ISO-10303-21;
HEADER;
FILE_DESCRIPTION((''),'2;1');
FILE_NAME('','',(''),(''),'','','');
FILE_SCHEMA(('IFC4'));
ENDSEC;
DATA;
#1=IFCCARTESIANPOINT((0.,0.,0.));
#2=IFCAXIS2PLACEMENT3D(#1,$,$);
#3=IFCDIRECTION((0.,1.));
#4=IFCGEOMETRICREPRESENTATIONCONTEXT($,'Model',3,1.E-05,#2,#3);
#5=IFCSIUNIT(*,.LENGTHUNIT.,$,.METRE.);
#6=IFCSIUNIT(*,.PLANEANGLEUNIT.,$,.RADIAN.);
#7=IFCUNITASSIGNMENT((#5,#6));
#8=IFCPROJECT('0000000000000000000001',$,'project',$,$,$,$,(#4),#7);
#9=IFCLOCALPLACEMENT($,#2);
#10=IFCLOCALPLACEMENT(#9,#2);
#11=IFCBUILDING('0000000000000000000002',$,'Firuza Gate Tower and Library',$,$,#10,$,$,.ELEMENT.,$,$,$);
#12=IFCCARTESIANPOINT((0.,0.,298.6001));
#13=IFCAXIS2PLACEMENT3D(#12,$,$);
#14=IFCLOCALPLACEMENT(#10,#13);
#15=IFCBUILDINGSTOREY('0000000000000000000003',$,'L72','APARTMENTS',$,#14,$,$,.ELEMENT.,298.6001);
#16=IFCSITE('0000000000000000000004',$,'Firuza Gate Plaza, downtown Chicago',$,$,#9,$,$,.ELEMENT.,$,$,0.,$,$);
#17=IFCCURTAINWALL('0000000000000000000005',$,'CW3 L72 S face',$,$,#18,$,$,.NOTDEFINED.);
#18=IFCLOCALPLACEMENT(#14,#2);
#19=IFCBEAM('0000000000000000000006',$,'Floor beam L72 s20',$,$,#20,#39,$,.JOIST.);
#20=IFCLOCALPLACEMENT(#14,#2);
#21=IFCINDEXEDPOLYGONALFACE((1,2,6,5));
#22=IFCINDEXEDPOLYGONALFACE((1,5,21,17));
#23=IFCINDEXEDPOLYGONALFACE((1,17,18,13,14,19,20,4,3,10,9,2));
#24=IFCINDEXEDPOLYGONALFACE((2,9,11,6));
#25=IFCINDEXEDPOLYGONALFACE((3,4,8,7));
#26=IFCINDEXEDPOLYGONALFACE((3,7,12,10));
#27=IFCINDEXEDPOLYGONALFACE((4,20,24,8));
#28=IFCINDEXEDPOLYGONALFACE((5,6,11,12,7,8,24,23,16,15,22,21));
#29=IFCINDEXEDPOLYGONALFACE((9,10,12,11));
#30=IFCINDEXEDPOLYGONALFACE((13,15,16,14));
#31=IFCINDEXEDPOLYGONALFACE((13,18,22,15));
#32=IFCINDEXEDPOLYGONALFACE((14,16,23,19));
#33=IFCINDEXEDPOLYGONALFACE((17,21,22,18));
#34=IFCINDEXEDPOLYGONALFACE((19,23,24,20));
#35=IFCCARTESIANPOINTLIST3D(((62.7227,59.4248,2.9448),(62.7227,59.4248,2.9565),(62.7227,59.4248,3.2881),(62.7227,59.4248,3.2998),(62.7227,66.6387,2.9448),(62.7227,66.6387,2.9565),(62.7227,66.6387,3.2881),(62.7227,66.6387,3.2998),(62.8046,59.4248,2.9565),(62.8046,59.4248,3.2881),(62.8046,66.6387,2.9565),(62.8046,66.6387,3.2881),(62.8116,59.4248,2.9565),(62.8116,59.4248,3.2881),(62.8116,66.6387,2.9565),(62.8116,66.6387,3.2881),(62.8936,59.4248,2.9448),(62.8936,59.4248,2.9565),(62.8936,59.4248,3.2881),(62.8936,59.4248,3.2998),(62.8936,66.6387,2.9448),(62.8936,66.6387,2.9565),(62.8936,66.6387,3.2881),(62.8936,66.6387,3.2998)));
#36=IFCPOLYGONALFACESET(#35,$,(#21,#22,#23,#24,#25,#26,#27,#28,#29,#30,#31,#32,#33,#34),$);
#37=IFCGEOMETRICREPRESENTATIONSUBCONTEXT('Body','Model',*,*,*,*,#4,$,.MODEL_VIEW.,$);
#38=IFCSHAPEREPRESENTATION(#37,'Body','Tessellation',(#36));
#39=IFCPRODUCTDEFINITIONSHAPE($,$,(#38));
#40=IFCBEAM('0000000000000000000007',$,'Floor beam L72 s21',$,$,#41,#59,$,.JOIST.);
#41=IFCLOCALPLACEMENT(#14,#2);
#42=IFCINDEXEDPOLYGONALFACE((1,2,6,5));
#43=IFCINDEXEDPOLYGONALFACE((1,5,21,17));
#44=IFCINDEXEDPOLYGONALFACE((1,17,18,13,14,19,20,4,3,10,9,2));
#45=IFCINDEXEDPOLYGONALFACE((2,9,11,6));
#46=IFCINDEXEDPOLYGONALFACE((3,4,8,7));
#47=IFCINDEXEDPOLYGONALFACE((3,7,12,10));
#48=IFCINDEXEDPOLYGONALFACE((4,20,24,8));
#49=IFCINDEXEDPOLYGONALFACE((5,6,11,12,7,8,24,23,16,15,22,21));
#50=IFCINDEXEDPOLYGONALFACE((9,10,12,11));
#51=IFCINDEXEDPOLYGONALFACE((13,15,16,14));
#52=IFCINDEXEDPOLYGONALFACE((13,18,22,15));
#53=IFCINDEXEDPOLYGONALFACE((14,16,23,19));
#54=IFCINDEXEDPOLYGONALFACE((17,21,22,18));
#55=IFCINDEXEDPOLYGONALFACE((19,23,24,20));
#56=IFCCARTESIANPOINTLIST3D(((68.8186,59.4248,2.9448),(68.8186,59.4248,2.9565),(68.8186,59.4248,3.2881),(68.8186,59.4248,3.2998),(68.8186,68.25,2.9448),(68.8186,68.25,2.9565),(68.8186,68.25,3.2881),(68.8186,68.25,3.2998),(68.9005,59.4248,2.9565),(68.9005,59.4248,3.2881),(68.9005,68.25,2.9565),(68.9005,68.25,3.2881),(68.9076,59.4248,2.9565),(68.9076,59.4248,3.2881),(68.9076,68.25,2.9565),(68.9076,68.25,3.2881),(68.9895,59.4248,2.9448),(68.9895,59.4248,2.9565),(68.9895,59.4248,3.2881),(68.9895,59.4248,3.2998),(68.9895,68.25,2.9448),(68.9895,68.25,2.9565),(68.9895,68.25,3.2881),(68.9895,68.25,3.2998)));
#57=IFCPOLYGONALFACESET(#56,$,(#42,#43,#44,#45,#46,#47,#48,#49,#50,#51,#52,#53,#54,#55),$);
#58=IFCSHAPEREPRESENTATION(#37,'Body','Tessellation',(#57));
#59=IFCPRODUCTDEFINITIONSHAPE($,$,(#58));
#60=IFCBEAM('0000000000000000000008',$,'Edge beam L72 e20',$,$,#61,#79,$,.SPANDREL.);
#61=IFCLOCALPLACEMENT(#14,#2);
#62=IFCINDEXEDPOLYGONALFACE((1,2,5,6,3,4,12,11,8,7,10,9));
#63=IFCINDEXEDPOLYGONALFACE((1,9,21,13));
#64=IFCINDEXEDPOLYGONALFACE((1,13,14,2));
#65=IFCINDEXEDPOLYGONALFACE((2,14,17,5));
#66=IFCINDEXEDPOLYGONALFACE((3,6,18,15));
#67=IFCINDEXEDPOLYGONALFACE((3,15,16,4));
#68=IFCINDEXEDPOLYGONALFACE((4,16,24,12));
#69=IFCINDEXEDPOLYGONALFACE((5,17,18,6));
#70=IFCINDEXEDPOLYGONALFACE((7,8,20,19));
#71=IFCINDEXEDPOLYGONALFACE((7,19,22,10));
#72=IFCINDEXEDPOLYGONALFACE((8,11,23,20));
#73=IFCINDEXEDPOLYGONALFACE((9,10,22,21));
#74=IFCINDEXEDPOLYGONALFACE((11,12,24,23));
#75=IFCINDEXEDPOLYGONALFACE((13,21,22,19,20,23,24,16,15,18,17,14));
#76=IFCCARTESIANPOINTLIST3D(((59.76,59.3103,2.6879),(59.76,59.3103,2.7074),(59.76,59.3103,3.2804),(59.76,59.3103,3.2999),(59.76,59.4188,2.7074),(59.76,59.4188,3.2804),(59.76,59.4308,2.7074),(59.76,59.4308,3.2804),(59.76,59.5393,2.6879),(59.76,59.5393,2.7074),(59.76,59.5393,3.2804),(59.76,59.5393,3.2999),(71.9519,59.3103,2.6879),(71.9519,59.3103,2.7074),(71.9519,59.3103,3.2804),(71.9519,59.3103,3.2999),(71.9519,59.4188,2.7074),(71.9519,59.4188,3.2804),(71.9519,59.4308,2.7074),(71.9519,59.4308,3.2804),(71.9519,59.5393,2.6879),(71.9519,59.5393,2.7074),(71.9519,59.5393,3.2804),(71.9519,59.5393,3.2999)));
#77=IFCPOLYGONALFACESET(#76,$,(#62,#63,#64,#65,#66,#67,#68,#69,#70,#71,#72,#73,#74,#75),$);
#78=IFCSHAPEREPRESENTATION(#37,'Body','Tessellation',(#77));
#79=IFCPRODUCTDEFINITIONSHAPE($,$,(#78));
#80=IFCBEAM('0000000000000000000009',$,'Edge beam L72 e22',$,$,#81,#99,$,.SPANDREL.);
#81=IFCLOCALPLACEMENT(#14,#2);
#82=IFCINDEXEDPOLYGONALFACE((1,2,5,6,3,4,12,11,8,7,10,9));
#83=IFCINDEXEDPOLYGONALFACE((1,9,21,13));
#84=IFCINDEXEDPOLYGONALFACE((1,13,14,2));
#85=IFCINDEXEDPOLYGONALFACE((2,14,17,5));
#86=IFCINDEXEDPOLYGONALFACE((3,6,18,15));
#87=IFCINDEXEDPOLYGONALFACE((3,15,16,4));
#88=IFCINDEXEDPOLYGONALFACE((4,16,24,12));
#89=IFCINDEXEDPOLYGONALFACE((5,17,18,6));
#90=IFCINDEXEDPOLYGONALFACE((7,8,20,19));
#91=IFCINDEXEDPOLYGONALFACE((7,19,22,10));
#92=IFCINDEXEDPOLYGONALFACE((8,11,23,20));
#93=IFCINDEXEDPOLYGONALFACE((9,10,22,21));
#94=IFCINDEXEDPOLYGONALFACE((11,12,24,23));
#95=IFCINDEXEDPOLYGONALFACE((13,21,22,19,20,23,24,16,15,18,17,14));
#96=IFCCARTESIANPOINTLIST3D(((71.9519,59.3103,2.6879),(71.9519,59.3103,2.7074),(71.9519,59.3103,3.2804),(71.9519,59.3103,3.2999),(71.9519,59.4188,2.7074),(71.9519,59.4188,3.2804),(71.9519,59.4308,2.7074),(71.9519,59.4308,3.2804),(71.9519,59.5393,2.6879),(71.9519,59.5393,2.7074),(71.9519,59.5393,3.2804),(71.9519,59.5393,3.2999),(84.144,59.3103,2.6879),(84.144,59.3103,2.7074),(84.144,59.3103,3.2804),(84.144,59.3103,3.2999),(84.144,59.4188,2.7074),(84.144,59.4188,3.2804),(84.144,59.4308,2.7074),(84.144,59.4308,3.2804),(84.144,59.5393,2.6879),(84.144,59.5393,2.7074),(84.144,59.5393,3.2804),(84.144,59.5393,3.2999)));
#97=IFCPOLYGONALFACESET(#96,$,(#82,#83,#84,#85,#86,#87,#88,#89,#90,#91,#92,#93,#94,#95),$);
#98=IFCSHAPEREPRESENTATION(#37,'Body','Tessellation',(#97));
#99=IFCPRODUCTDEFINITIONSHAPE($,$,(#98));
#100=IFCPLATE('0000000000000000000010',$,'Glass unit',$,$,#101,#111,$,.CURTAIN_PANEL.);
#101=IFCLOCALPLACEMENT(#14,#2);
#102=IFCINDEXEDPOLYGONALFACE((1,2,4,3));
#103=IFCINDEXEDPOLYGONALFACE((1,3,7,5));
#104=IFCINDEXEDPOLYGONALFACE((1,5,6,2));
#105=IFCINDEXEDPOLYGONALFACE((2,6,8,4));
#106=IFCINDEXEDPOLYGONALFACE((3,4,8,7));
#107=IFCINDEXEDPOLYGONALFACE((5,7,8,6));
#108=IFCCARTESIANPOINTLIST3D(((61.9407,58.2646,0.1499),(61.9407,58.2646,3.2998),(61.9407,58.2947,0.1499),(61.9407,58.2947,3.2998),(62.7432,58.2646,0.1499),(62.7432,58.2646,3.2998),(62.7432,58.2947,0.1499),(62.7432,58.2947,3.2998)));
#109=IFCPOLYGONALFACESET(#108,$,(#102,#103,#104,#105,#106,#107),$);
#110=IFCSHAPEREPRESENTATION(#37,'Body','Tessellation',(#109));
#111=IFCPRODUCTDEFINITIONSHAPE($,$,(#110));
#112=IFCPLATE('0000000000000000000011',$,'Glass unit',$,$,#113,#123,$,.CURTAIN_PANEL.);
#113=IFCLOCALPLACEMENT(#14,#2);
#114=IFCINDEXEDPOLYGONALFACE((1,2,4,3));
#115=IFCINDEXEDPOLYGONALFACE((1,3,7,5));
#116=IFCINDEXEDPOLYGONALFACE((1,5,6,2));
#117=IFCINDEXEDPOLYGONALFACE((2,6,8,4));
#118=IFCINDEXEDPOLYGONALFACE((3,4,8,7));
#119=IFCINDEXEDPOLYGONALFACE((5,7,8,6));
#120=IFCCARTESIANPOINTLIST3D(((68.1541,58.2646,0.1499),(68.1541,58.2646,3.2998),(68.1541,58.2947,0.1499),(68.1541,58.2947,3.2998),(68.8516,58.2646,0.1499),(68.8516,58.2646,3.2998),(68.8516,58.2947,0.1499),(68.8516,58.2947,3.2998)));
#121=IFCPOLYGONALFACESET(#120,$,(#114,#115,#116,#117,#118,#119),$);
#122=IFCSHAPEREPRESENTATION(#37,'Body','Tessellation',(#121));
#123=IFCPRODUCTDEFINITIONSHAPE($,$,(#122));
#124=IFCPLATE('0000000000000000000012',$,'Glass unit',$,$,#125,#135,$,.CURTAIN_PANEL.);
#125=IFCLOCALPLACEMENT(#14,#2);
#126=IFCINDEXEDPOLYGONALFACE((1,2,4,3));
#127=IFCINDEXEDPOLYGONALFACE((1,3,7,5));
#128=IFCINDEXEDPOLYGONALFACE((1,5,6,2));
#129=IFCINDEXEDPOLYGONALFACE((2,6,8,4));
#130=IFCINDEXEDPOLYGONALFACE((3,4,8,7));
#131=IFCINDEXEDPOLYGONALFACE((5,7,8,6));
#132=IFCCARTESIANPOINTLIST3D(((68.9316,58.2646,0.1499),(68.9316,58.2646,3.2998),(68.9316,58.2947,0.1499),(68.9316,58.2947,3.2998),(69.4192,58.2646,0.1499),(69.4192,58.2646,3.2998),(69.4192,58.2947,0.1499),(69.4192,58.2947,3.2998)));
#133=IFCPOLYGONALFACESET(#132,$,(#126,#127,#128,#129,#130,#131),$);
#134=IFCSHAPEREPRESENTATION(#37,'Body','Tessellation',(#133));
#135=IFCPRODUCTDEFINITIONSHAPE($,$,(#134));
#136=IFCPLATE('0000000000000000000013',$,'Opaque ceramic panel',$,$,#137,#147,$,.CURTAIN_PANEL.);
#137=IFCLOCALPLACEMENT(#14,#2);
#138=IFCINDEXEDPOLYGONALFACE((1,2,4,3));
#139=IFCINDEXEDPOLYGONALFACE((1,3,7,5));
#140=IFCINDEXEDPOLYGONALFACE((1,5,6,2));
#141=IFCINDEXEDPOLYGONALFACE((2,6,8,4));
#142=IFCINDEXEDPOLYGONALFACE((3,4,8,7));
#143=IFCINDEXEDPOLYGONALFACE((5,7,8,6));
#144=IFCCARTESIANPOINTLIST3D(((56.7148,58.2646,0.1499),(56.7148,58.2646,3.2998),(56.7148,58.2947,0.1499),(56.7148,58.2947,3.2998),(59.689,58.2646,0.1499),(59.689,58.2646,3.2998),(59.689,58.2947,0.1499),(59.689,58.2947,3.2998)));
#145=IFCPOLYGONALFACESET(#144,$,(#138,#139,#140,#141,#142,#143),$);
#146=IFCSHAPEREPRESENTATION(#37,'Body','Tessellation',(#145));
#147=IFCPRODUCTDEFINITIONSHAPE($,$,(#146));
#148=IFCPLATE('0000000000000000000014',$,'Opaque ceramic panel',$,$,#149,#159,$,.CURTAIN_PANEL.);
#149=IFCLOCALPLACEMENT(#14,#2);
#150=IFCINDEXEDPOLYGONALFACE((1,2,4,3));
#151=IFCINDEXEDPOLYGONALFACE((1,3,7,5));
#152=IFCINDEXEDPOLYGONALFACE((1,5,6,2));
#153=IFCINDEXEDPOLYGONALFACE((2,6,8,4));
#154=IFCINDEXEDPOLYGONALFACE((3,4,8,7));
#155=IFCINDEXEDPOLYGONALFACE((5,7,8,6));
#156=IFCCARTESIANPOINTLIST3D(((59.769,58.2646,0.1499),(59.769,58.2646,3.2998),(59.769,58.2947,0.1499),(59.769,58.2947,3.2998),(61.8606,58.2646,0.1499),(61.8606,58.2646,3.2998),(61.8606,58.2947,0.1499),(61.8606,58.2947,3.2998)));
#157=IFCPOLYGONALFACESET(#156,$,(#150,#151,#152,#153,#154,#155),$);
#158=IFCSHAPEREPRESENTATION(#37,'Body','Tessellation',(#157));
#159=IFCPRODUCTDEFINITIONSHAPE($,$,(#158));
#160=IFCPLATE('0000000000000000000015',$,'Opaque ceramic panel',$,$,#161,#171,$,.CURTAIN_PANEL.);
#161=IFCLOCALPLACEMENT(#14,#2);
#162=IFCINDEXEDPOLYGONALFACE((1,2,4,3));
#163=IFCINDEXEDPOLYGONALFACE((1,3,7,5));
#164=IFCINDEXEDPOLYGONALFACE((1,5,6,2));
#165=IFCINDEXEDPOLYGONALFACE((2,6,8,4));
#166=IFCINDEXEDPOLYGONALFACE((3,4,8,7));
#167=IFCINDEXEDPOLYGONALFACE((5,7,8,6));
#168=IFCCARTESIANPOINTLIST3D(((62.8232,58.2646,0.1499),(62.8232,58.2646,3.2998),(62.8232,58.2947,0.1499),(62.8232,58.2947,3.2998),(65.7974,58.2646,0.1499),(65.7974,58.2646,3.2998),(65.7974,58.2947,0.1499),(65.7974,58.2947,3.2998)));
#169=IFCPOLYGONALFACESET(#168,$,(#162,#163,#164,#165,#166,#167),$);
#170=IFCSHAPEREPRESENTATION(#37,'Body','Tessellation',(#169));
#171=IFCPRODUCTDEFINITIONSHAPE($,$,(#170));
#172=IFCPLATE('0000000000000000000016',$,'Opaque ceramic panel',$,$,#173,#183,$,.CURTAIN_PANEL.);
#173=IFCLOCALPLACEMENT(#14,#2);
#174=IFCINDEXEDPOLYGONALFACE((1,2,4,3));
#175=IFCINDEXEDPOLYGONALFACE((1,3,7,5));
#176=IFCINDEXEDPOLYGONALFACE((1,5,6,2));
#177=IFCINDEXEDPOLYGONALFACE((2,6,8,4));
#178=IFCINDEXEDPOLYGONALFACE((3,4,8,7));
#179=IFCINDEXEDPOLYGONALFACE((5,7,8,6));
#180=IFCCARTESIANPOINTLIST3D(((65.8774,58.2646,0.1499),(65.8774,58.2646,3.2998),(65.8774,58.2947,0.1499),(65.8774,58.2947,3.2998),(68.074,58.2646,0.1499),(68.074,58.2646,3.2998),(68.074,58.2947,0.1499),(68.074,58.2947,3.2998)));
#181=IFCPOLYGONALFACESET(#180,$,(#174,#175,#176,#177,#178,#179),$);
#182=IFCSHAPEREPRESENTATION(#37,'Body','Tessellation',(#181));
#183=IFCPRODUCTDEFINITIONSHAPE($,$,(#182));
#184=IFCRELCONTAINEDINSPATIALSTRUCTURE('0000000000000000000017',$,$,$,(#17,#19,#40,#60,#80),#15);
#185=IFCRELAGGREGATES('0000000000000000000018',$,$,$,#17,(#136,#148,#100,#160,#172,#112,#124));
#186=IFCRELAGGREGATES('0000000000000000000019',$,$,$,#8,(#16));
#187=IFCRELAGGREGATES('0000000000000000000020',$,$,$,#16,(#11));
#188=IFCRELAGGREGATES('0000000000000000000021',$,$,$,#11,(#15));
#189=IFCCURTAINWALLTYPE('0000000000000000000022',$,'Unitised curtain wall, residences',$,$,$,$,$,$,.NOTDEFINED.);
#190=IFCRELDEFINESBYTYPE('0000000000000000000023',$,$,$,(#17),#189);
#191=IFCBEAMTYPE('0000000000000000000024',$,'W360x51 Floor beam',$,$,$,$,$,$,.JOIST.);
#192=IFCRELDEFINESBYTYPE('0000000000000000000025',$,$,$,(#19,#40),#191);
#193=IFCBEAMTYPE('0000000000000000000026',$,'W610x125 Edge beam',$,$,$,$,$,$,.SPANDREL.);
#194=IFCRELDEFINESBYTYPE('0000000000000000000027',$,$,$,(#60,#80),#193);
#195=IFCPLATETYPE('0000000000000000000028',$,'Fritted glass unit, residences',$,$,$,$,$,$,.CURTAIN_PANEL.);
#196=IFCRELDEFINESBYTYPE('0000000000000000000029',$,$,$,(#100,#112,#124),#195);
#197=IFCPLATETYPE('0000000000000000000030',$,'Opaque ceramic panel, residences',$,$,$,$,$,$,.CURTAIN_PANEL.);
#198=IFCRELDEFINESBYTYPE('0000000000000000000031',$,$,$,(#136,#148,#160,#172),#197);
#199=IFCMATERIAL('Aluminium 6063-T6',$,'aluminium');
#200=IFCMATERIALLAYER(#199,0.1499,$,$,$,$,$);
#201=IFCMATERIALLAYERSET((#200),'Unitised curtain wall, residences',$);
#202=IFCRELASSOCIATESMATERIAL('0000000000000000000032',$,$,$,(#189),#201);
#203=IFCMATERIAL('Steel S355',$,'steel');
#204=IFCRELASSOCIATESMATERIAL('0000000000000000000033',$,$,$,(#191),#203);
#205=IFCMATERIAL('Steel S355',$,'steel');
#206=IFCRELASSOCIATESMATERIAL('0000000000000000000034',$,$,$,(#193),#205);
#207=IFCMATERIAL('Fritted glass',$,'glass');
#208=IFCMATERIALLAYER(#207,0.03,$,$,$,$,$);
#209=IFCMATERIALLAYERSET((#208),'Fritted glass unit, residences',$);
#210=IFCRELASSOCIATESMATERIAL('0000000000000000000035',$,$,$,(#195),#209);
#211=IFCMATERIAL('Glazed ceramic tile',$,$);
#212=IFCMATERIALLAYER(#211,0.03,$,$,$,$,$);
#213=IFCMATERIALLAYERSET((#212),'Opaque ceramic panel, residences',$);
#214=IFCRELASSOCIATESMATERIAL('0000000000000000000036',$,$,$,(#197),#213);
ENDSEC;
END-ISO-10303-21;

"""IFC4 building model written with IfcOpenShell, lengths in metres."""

from ifc_helpers import new_model, si_unit, direction, frame, origin, origin_2d, place, context, subcontext, project, spatial, polyline, i_section, outline, extrude, material, layer, layer_set, material_profile, profile_set, type_object, element, aggregate, save


model = new_model("IFC4")

# Units and contexts
model_context = context("Model", 3, precision=1e-05, world=origin(), true_north=direction((0.0, 1.0)))
body_context = subcontext(model_context, "Body", "Model", "MODEL_VIEW")
ifc_project = project(units=[si_unit("LENGTHUNIT", "METRE"), si_unit("PLANEANGLEUNIT", "RADIAN")], contexts=[model_context])

# Site, building, storey
site_placement = place(None, origin())
site = spatial("IfcSite", under=ifc_project, at=site_placement, Name="Firuza Gate Plaza, downtown Chicago", CompositionType="ELEMENT", RefElevation=0.0)
building_placement = place(site_placement, origin())
building = spatial("IfcBuilding", under=site, at=building_placement, Name="Firuza Gate Tower and Library", CompositionType="ELEMENT")
storey_placement = place(building_placement, frame((0.0, 0.0, 298.6001)))
storey = spatial("IfcBuildingStorey", under=building, at=storey_placement, Name="L72", Description="APARTMENTS", CompositionType="ELEMENT", Elevation=298.6001)

# Curtain wall
ifc_material_1 = material(Name="Aluminium 6063-T6", Category="aluminium")
ifc_layer_1 = layer(ifc_material_1, 0.1499)
ifc_layer_set_1 = layer_set([ifc_layer_1], Name="Unitised curtain wall, residences")
curtain_wall_type = type_object("IfcCurtainWallType", Name="Unitised curtain wall, residences", PredefinedType="NOTDEFINED", material=ifc_layer_set_1)
curtain_wall_placement = place(storey_placement, origin())
curtain_wall = element("IfcCurtainWall", 1, at=curtain_wall_placement, inside=storey, type_object=curtain_wall_type, Name="CW3 L72 S face", PredefinedType="NOTDEFINED")

# Beams
ifc_material_2 = material(Name="Steel S355", Category="steel")
ifc_material_profile_1 = material_profile(ifc_material_2, i_section(OverallWidth=0.1709, OverallDepth=0.355, WebThickness=0.0071, FlangeThickness=0.0117, at=origin_2d()))
ifc_profile_set_1 = profile_set([ifc_material_profile_1], Name="Steel S355")
beam_type_1 = type_object("IfcBeamType", Name="W360x51 Floor beam", PredefinedType="JOIST", material=ifc_profile_set_1)
beam_1_placement = place(storey_placement, frame((62.8081, 59.4248, 3.1223), z_axis=(0.0, 1.0, 0.0), x_axis=(-1.0, 0.0, 0.0)))
element("IfcBeam", 2, at=beam_1_placement, inside=storey, type_object=beam_type_1, Name="Floor beam L72 s20", PredefinedType="JOIST", context=body_context, shape_type="SweptSolid", body=[
    extrude(i_section(OverallWidth=0.1709, OverallDepth=0.355, WebThickness=0.0071, FlangeThickness=0.0117, at=origin_2d()), origin(), (0.0, 0.0, 1.0), 7.2139),
])
beam_2_placement = place(storey_placement, frame((68.9041, 59.4248, 3.1223), z_axis=(0.0, 1.0, 0.0), x_axis=(-1.0, 0.0, 0.0)))
element("IfcBeam", 3, at=beam_2_placement, inside=storey, type_object=beam_type_1, Name="Floor beam L72 s21", PredefinedType="JOIST", context=body_context, shape_type="SweptSolid", body=[
    extrude(i_section(OverallWidth=0.1709, OverallDepth=0.355, WebThickness=0.0071, FlangeThickness=0.0117, at=origin_2d()), origin(), (0.0, 0.0, 1.0), 8.8252),
])
ifc_material_3 = material(Name="Steel S355", Category="steel")
ifc_material_profile_2 = material_profile(ifc_material_3, i_section(OverallWidth=0.229, OverallDepth=0.6121, WebThickness=0.012, FlangeThickness=0.0195, at=origin_2d()))
ifc_profile_set_2 = profile_set([ifc_material_profile_2], Name="Steel S355")
beam_type_2 = type_object("IfcBeamType", Name="W610x125 Edge beam", PredefinedType="SPANDREL", material=ifc_profile_set_2)
beam_3_placement = place(storey_placement, frame((59.76, 59.4248, 2.9939), z_axis=(1.0, 0.0, 0.0), x_axis=(0.0, 1.0, 0.0)))
element("IfcBeam", 4, at=beam_3_placement, inside=storey, type_object=beam_type_2, Name="Edge beam L72 e20", PredefinedType="SPANDREL", context=body_context, shape_type="SweptSolid", body=[
    extrude(i_section(OverallWidth=0.229, OverallDepth=0.6121, WebThickness=0.012, FlangeThickness=0.0195, at=origin_2d()), origin(), (0.0, 0.0, 1.0), 12.1919),
])
beam_4_placement = place(storey_placement, frame((71.9519, 59.4248, 2.9939), z_axis=(1.0, 0.0, 0.0), x_axis=(0.0, 1.0, 0.0)))
element("IfcBeam", 5, at=beam_4_placement, inside=storey, type_object=beam_type_2, Name="Edge beam L72 e22", PredefinedType="SPANDREL", context=body_context, shape_type="SweptSolid", body=[
    extrude(i_section(OverallWidth=0.229, OverallDepth=0.6121, WebThickness=0.012, FlangeThickness=0.0195, at=origin_2d()), origin(), (0.0, 0.0, 1.0), 12.1921),
])

# Plates
ifc_material_4 = material(Name="Fritted glass", Category="glass")
ifc_layer_2 = layer(ifc_material_4, 0.03)
ifc_layer_set_2 = layer_set([ifc_layer_2], Name="Fritted glass unit, residences")
plate_type_1 = type_object("IfcPlateType", Name="Fritted glass unit, residences", PredefinedType="CURTAIN_PANEL", material=ifc_layer_set_2)
plate_1_placement = place(storey_placement, frame((61.9407, 58.2646, 0.1499), z_axis=(0.0, -1.0, 0.0), x_axis=(1.0, 0.0, 0.0)))
plate_1 = element("IfcPlate", 6, at=plate_1_placement, type_object=plate_type_1, Name="Glass unit", PredefinedType="CURTAIN_PANEL", context=body_context, shape_type="SweptSolid", body=[
    extrude(outline(polyline([(0.0, 0.0), (0.8025, 0.0), (0.8025, 3.1499), (0.0, 3.1499), (0.0, 0.0)])), origin(), (0.0, 0.0, -1.0), 0.03),
])
plate_2_placement = place(storey_placement, frame((68.1541, 58.2646, 0.1499), z_axis=(0.0, -1.0, 0.0), x_axis=(1.0, 0.0, 0.0)))
plate_2 = element("IfcPlate", 7, at=plate_2_placement, type_object=plate_type_1, Name="Glass unit", PredefinedType="CURTAIN_PANEL", context=body_context, shape_type="SweptSolid", body=[
    extrude(outline(polyline([(0.0, 0.0), (0.6975, 0.0), (0.6975, 3.1499), (0.0, 3.1499), (0.0, 0.0)])), origin(), (0.0, 0.0, -1.0), 0.03),
])
plate_3_placement = place(storey_placement, frame((68.9316, 58.2646, 0.1499), z_axis=(0.0, -1.0, 0.0), x_axis=(1.0, 0.0, 0.0)))
plate_3 = element("IfcPlate", 8, at=plate_3_placement, type_object=plate_type_1, Name="Glass unit", PredefinedType="CURTAIN_PANEL", context=body_context, shape_type="SweptSolid", body=[
    extrude(outline(polyline([(0.0, 0.0), (0.4875, 0.0), (0.4875, 3.1499), (0.0, 3.1499), (0.0, 0.0)])), origin(), (0.0, 0.0, -1.0), 0.03),
])
ifc_material_5 = material(Name="Glazed ceramic tile")
ifc_layer_3 = layer(ifc_material_5, 0.03)
ifc_layer_set_3 = layer_set([ifc_layer_3], Name="Opaque ceramic panel, residences")
plate_type_2 = type_object("IfcPlateType", Name="Opaque ceramic panel, residences", PredefinedType="CURTAIN_PANEL", material=ifc_layer_set_3)
plate_4_placement = place(storey_placement, frame((56.7148, 58.2646, 0.1499), z_axis=(0.0, -1.0, 0.0), x_axis=(1.0, 0.0, 0.0)))
plate_4 = element("IfcPlate", 9, at=plate_4_placement, type_object=plate_type_2, Name="Opaque ceramic panel", PredefinedType="CURTAIN_PANEL", context=body_context, shape_type="SweptSolid", body=[
    extrude(outline(polyline([(0.0, 0.0), (2.9741, 0.0), (2.9741, 3.1499), (0.0, 3.1499), (0.0, 0.0)])), origin(), (0.0, 0.0, -1.0), 0.03),
])
plate_5_placement = place(storey_placement, frame((59.769, 58.2646, 0.1499), z_axis=(0.0, -1.0, 0.0), x_axis=(1.0, 0.0, 0.0)))
plate_5 = element("IfcPlate", 10, at=plate_5_placement, type_object=plate_type_2, Name="Opaque ceramic panel", PredefinedType="CURTAIN_PANEL", context=body_context, shape_type="SweptSolid", body=[
    extrude(outline(polyline([(0.0, 0.0), (2.0916, 0.0), (2.0916, 3.1499), (0.0, 3.1499), (0.0, 0.0)])), origin(), (0.0, 0.0, -1.0), 0.03),
])
plate_6_placement = place(storey_placement, frame((62.8232, 58.2646, 0.1499), z_axis=(0.0, -1.0, 0.0), x_axis=(1.0, 0.0, 0.0)))
plate_6 = element("IfcPlate", 11, at=plate_6_placement, type_object=plate_type_2, Name="Opaque ceramic panel", PredefinedType="CURTAIN_PANEL", context=body_context, shape_type="SweptSolid", body=[
    extrude(outline(polyline([(0.0, 0.0), (2.9741, 0.0), (2.9741, 3.1499), (0.0, 3.1499), (0.0, 0.0)])), origin(), (0.0, 0.0, -1.0), 0.03),
])
plate_7_placement = place(storey_placement, frame((65.8774, 58.2646, 0.1499), z_axis=(0.0, -1.0, 0.0), x_axis=(1.0, 0.0, 0.0)))
plate_7 = element("IfcPlate", 12, at=plate_7_placement, type_object=plate_type_2, Name="Opaque ceramic panel", PredefinedType="CURTAIN_PANEL", context=body_context, shape_type="SweptSolid", body=[
    extrude(outline(polyline([(0.0, 0.0), (2.1965, 0.0), (2.1965, 3.1499), (0.0, 3.1499), (0.0, 0.0)])), origin(), (0.0, 0.0, -1.0), 0.03),
])
aggregate(curtain_wall, [plate_4, plate_5, plate_1, plate_6, plate_7, plate_2, plate_3])

save(model, "model.ifc")
